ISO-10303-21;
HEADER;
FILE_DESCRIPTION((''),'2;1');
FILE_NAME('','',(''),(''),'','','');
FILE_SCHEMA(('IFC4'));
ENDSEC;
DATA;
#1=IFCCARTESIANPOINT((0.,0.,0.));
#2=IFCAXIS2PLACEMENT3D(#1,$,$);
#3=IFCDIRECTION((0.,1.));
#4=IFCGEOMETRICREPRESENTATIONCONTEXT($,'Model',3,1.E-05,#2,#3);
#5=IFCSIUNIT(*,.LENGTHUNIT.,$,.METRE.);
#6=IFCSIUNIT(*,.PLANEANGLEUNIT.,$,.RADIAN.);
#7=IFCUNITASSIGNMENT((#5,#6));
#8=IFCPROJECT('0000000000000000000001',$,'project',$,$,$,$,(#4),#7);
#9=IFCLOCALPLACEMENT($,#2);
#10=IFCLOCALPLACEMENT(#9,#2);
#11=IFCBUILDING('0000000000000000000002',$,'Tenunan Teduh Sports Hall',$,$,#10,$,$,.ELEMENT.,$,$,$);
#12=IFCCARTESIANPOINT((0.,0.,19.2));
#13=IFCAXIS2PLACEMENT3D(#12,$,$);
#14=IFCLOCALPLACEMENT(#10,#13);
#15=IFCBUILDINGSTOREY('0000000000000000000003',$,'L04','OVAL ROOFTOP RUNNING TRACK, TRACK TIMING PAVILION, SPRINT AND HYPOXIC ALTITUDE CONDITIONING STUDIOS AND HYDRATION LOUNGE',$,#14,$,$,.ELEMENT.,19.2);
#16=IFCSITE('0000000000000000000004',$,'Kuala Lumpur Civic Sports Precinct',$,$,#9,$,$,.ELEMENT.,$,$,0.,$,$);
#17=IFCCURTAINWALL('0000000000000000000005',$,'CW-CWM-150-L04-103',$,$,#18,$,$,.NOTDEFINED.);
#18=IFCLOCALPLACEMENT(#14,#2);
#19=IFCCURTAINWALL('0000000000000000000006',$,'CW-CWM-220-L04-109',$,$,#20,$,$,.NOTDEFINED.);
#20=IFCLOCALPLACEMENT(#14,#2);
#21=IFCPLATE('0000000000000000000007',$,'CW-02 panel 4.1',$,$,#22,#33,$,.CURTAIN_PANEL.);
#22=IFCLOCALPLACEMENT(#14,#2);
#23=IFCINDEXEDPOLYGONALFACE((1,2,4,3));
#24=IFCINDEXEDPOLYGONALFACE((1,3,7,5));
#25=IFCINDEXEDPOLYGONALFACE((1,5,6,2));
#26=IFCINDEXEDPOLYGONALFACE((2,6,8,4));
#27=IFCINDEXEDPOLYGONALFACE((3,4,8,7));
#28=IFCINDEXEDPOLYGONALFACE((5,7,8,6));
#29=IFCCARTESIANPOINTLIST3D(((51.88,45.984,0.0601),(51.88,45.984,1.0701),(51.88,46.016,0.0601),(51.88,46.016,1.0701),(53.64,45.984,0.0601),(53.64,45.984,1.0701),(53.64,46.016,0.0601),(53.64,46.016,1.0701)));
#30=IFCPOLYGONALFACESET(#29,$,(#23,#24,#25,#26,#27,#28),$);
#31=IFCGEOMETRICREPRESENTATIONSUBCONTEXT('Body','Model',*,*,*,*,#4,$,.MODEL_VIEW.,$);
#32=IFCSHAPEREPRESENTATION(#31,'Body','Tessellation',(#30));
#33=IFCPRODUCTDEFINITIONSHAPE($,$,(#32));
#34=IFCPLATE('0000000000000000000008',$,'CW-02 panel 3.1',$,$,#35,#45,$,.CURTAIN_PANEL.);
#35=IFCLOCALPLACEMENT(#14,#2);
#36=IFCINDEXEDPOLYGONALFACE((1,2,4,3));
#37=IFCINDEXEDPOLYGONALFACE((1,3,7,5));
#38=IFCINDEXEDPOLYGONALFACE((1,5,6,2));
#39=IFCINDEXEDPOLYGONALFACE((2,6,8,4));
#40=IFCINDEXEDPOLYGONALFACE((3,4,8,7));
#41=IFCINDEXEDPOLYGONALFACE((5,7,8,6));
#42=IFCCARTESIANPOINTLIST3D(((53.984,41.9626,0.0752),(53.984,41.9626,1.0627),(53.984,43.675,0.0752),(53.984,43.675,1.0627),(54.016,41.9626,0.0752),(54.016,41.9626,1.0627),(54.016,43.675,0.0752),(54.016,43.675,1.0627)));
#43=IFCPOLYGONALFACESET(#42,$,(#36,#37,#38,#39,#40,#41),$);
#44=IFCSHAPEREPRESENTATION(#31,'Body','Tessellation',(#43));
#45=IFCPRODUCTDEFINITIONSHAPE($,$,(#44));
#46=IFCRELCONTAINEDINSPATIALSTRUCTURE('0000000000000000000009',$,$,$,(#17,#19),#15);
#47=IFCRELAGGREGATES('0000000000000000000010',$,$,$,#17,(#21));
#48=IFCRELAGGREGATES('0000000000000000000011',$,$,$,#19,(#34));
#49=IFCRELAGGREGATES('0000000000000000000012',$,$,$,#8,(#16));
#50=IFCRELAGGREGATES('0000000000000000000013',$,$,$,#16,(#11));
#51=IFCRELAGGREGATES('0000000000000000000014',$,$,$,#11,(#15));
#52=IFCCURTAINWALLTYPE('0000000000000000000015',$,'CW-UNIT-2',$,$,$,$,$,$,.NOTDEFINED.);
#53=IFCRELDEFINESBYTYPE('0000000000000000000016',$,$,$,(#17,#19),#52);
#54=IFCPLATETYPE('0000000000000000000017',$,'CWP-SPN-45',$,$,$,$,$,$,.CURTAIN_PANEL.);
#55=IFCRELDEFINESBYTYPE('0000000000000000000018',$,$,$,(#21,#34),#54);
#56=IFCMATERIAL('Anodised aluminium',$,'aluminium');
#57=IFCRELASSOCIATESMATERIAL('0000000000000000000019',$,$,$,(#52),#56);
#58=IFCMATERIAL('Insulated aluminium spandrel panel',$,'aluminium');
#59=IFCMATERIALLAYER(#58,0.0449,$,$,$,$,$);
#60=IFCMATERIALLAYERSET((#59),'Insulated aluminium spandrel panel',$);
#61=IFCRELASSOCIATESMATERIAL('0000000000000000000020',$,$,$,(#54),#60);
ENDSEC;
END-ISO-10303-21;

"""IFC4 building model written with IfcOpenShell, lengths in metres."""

from ifc_helpers import new_model, si_unit, direction, frame, origin, origin_2d, place, context, subcontext, project, spatial, rectangle, extrude, material, layer, layer_set, type_object, element, aggregate, save


model = new_model("IFC4")

# Units and contexts
model_context = context("Model", 3, precision=1e-05, world=origin(), true_north=direction((0.0, 1.0)))
body_context = subcontext(model_context, "Body", "Model", "MODEL_VIEW")
ifc_project = project(units=[si_unit("LENGTHUNIT", "METRE"), si_unit("PLANEANGLEUNIT", "RADIAN")], contexts=[model_context])

# Site, building, storey
site_placement = place(None, origin())
site = spatial("IfcSite", under=ifc_project, at=site_placement, Name="Kuala Lumpur Civic Sports Precinct", CompositionType="ELEMENT", RefElevation=0.0)
building_placement = place(site_placement, origin())
building = spatial("IfcBuilding", under=site, at=building_placement, Name="Tenunan Teduh Sports Hall", CompositionType="ELEMENT")
storey_placement = place(building_placement, frame((0.0, 0.0, 19.2)))
storey = spatial("IfcBuildingStorey", under=building, at=storey_placement, Name="L04", Description="OVAL ROOFTOP RUNNING TRACK, TRACK TIMING PAVILION, SPRINT AND HYPOXIC ALTITUDE CONDITIONING STUDIOS AND HYDRATION LOUNGE", CompositionType="ELEMENT", Elevation=19.2)

# Curtain walls
ifc_material_1 = material(Name="Anodised aluminium", Category="aluminium")
curtain_wall_type = type_object("IfcCurtainWallType", Name="CW-UNIT-2", PredefinedType="NOTDEFINED", material=ifc_material_1)
curtain_wall_1_placement = place(storey_placement, origin())
curtain_wall_1 = element("IfcCurtainWall", 1, at=curtain_wall_1_placement, inside=storey, type_object=curtain_wall_type, Name="CW-CWM-150-L04-103", PredefinedType="NOTDEFINED")
curtain_wall_2_placement = place(storey_placement, origin())
curtain_wall_2 = element("IfcCurtainWall", 2, at=curtain_wall_2_placement, inside=storey, type_object=curtain_wall_type, Name="CW-CWM-220-L04-109", PredefinedType="NOTDEFINED")

# Plates
ifc_material_2 = material(Name="Insulated aluminium spandrel panel", Category="aluminium")
ifc_layer_1 = layer(ifc_material_2, 0.0449)
ifc_layer_set_1 = layer_set([ifc_layer_1], Name="Insulated aluminium spandrel panel")
plate_type_1 = type_object("IfcPlateType", Name="CWP-SPN-45", PredefinedType="CURTAIN_PANEL", material=ifc_layer_set_1)
plate_1_placement = place(storey_placement, frame((52.76, 46.0, 0.0601), z_axis=(0.0, 0.0, 1.0), x_axis=(1.0, 0.0, 0.0)))
plate_1 = element("IfcPlate", 3, at=plate_1_placement, type_object=plate_type_1, Name="CW-02 panel 4.1", PredefinedType="CURTAIN_PANEL", context=body_context, shape_type="SweptSolid", body=[
    extrude(rectangle(XDim=1.76, YDim=0.032, at=origin_2d()), origin(), (0.0, 0.0, 1.0), 1.01),
])
aggregate(curtain_wall_1, [plate_1])
plate_2_placement = place(storey_placement, frame((54.0, 42.8188, 0.0752), z_axis=(0.0, 0.0, 1.0), x_axis=(0.0, 1.0, 0.0)))
plate_2 = element("IfcPlate", 4, at=plate_2_placement, type_object=plate_type_1, Name="CW-02 panel 3.1", PredefinedType="CURTAIN_PANEL", context=body_context, shape_type="SweptSolid", body=[
    extrude(rectangle(XDim=1.7124, YDim=0.032, at=origin_2d()), origin(), (0.0, 0.0, 1.0), 0.9875),
])
aggregate(curtain_wall_2, [plate_2])

save(model, "model.ifc")
